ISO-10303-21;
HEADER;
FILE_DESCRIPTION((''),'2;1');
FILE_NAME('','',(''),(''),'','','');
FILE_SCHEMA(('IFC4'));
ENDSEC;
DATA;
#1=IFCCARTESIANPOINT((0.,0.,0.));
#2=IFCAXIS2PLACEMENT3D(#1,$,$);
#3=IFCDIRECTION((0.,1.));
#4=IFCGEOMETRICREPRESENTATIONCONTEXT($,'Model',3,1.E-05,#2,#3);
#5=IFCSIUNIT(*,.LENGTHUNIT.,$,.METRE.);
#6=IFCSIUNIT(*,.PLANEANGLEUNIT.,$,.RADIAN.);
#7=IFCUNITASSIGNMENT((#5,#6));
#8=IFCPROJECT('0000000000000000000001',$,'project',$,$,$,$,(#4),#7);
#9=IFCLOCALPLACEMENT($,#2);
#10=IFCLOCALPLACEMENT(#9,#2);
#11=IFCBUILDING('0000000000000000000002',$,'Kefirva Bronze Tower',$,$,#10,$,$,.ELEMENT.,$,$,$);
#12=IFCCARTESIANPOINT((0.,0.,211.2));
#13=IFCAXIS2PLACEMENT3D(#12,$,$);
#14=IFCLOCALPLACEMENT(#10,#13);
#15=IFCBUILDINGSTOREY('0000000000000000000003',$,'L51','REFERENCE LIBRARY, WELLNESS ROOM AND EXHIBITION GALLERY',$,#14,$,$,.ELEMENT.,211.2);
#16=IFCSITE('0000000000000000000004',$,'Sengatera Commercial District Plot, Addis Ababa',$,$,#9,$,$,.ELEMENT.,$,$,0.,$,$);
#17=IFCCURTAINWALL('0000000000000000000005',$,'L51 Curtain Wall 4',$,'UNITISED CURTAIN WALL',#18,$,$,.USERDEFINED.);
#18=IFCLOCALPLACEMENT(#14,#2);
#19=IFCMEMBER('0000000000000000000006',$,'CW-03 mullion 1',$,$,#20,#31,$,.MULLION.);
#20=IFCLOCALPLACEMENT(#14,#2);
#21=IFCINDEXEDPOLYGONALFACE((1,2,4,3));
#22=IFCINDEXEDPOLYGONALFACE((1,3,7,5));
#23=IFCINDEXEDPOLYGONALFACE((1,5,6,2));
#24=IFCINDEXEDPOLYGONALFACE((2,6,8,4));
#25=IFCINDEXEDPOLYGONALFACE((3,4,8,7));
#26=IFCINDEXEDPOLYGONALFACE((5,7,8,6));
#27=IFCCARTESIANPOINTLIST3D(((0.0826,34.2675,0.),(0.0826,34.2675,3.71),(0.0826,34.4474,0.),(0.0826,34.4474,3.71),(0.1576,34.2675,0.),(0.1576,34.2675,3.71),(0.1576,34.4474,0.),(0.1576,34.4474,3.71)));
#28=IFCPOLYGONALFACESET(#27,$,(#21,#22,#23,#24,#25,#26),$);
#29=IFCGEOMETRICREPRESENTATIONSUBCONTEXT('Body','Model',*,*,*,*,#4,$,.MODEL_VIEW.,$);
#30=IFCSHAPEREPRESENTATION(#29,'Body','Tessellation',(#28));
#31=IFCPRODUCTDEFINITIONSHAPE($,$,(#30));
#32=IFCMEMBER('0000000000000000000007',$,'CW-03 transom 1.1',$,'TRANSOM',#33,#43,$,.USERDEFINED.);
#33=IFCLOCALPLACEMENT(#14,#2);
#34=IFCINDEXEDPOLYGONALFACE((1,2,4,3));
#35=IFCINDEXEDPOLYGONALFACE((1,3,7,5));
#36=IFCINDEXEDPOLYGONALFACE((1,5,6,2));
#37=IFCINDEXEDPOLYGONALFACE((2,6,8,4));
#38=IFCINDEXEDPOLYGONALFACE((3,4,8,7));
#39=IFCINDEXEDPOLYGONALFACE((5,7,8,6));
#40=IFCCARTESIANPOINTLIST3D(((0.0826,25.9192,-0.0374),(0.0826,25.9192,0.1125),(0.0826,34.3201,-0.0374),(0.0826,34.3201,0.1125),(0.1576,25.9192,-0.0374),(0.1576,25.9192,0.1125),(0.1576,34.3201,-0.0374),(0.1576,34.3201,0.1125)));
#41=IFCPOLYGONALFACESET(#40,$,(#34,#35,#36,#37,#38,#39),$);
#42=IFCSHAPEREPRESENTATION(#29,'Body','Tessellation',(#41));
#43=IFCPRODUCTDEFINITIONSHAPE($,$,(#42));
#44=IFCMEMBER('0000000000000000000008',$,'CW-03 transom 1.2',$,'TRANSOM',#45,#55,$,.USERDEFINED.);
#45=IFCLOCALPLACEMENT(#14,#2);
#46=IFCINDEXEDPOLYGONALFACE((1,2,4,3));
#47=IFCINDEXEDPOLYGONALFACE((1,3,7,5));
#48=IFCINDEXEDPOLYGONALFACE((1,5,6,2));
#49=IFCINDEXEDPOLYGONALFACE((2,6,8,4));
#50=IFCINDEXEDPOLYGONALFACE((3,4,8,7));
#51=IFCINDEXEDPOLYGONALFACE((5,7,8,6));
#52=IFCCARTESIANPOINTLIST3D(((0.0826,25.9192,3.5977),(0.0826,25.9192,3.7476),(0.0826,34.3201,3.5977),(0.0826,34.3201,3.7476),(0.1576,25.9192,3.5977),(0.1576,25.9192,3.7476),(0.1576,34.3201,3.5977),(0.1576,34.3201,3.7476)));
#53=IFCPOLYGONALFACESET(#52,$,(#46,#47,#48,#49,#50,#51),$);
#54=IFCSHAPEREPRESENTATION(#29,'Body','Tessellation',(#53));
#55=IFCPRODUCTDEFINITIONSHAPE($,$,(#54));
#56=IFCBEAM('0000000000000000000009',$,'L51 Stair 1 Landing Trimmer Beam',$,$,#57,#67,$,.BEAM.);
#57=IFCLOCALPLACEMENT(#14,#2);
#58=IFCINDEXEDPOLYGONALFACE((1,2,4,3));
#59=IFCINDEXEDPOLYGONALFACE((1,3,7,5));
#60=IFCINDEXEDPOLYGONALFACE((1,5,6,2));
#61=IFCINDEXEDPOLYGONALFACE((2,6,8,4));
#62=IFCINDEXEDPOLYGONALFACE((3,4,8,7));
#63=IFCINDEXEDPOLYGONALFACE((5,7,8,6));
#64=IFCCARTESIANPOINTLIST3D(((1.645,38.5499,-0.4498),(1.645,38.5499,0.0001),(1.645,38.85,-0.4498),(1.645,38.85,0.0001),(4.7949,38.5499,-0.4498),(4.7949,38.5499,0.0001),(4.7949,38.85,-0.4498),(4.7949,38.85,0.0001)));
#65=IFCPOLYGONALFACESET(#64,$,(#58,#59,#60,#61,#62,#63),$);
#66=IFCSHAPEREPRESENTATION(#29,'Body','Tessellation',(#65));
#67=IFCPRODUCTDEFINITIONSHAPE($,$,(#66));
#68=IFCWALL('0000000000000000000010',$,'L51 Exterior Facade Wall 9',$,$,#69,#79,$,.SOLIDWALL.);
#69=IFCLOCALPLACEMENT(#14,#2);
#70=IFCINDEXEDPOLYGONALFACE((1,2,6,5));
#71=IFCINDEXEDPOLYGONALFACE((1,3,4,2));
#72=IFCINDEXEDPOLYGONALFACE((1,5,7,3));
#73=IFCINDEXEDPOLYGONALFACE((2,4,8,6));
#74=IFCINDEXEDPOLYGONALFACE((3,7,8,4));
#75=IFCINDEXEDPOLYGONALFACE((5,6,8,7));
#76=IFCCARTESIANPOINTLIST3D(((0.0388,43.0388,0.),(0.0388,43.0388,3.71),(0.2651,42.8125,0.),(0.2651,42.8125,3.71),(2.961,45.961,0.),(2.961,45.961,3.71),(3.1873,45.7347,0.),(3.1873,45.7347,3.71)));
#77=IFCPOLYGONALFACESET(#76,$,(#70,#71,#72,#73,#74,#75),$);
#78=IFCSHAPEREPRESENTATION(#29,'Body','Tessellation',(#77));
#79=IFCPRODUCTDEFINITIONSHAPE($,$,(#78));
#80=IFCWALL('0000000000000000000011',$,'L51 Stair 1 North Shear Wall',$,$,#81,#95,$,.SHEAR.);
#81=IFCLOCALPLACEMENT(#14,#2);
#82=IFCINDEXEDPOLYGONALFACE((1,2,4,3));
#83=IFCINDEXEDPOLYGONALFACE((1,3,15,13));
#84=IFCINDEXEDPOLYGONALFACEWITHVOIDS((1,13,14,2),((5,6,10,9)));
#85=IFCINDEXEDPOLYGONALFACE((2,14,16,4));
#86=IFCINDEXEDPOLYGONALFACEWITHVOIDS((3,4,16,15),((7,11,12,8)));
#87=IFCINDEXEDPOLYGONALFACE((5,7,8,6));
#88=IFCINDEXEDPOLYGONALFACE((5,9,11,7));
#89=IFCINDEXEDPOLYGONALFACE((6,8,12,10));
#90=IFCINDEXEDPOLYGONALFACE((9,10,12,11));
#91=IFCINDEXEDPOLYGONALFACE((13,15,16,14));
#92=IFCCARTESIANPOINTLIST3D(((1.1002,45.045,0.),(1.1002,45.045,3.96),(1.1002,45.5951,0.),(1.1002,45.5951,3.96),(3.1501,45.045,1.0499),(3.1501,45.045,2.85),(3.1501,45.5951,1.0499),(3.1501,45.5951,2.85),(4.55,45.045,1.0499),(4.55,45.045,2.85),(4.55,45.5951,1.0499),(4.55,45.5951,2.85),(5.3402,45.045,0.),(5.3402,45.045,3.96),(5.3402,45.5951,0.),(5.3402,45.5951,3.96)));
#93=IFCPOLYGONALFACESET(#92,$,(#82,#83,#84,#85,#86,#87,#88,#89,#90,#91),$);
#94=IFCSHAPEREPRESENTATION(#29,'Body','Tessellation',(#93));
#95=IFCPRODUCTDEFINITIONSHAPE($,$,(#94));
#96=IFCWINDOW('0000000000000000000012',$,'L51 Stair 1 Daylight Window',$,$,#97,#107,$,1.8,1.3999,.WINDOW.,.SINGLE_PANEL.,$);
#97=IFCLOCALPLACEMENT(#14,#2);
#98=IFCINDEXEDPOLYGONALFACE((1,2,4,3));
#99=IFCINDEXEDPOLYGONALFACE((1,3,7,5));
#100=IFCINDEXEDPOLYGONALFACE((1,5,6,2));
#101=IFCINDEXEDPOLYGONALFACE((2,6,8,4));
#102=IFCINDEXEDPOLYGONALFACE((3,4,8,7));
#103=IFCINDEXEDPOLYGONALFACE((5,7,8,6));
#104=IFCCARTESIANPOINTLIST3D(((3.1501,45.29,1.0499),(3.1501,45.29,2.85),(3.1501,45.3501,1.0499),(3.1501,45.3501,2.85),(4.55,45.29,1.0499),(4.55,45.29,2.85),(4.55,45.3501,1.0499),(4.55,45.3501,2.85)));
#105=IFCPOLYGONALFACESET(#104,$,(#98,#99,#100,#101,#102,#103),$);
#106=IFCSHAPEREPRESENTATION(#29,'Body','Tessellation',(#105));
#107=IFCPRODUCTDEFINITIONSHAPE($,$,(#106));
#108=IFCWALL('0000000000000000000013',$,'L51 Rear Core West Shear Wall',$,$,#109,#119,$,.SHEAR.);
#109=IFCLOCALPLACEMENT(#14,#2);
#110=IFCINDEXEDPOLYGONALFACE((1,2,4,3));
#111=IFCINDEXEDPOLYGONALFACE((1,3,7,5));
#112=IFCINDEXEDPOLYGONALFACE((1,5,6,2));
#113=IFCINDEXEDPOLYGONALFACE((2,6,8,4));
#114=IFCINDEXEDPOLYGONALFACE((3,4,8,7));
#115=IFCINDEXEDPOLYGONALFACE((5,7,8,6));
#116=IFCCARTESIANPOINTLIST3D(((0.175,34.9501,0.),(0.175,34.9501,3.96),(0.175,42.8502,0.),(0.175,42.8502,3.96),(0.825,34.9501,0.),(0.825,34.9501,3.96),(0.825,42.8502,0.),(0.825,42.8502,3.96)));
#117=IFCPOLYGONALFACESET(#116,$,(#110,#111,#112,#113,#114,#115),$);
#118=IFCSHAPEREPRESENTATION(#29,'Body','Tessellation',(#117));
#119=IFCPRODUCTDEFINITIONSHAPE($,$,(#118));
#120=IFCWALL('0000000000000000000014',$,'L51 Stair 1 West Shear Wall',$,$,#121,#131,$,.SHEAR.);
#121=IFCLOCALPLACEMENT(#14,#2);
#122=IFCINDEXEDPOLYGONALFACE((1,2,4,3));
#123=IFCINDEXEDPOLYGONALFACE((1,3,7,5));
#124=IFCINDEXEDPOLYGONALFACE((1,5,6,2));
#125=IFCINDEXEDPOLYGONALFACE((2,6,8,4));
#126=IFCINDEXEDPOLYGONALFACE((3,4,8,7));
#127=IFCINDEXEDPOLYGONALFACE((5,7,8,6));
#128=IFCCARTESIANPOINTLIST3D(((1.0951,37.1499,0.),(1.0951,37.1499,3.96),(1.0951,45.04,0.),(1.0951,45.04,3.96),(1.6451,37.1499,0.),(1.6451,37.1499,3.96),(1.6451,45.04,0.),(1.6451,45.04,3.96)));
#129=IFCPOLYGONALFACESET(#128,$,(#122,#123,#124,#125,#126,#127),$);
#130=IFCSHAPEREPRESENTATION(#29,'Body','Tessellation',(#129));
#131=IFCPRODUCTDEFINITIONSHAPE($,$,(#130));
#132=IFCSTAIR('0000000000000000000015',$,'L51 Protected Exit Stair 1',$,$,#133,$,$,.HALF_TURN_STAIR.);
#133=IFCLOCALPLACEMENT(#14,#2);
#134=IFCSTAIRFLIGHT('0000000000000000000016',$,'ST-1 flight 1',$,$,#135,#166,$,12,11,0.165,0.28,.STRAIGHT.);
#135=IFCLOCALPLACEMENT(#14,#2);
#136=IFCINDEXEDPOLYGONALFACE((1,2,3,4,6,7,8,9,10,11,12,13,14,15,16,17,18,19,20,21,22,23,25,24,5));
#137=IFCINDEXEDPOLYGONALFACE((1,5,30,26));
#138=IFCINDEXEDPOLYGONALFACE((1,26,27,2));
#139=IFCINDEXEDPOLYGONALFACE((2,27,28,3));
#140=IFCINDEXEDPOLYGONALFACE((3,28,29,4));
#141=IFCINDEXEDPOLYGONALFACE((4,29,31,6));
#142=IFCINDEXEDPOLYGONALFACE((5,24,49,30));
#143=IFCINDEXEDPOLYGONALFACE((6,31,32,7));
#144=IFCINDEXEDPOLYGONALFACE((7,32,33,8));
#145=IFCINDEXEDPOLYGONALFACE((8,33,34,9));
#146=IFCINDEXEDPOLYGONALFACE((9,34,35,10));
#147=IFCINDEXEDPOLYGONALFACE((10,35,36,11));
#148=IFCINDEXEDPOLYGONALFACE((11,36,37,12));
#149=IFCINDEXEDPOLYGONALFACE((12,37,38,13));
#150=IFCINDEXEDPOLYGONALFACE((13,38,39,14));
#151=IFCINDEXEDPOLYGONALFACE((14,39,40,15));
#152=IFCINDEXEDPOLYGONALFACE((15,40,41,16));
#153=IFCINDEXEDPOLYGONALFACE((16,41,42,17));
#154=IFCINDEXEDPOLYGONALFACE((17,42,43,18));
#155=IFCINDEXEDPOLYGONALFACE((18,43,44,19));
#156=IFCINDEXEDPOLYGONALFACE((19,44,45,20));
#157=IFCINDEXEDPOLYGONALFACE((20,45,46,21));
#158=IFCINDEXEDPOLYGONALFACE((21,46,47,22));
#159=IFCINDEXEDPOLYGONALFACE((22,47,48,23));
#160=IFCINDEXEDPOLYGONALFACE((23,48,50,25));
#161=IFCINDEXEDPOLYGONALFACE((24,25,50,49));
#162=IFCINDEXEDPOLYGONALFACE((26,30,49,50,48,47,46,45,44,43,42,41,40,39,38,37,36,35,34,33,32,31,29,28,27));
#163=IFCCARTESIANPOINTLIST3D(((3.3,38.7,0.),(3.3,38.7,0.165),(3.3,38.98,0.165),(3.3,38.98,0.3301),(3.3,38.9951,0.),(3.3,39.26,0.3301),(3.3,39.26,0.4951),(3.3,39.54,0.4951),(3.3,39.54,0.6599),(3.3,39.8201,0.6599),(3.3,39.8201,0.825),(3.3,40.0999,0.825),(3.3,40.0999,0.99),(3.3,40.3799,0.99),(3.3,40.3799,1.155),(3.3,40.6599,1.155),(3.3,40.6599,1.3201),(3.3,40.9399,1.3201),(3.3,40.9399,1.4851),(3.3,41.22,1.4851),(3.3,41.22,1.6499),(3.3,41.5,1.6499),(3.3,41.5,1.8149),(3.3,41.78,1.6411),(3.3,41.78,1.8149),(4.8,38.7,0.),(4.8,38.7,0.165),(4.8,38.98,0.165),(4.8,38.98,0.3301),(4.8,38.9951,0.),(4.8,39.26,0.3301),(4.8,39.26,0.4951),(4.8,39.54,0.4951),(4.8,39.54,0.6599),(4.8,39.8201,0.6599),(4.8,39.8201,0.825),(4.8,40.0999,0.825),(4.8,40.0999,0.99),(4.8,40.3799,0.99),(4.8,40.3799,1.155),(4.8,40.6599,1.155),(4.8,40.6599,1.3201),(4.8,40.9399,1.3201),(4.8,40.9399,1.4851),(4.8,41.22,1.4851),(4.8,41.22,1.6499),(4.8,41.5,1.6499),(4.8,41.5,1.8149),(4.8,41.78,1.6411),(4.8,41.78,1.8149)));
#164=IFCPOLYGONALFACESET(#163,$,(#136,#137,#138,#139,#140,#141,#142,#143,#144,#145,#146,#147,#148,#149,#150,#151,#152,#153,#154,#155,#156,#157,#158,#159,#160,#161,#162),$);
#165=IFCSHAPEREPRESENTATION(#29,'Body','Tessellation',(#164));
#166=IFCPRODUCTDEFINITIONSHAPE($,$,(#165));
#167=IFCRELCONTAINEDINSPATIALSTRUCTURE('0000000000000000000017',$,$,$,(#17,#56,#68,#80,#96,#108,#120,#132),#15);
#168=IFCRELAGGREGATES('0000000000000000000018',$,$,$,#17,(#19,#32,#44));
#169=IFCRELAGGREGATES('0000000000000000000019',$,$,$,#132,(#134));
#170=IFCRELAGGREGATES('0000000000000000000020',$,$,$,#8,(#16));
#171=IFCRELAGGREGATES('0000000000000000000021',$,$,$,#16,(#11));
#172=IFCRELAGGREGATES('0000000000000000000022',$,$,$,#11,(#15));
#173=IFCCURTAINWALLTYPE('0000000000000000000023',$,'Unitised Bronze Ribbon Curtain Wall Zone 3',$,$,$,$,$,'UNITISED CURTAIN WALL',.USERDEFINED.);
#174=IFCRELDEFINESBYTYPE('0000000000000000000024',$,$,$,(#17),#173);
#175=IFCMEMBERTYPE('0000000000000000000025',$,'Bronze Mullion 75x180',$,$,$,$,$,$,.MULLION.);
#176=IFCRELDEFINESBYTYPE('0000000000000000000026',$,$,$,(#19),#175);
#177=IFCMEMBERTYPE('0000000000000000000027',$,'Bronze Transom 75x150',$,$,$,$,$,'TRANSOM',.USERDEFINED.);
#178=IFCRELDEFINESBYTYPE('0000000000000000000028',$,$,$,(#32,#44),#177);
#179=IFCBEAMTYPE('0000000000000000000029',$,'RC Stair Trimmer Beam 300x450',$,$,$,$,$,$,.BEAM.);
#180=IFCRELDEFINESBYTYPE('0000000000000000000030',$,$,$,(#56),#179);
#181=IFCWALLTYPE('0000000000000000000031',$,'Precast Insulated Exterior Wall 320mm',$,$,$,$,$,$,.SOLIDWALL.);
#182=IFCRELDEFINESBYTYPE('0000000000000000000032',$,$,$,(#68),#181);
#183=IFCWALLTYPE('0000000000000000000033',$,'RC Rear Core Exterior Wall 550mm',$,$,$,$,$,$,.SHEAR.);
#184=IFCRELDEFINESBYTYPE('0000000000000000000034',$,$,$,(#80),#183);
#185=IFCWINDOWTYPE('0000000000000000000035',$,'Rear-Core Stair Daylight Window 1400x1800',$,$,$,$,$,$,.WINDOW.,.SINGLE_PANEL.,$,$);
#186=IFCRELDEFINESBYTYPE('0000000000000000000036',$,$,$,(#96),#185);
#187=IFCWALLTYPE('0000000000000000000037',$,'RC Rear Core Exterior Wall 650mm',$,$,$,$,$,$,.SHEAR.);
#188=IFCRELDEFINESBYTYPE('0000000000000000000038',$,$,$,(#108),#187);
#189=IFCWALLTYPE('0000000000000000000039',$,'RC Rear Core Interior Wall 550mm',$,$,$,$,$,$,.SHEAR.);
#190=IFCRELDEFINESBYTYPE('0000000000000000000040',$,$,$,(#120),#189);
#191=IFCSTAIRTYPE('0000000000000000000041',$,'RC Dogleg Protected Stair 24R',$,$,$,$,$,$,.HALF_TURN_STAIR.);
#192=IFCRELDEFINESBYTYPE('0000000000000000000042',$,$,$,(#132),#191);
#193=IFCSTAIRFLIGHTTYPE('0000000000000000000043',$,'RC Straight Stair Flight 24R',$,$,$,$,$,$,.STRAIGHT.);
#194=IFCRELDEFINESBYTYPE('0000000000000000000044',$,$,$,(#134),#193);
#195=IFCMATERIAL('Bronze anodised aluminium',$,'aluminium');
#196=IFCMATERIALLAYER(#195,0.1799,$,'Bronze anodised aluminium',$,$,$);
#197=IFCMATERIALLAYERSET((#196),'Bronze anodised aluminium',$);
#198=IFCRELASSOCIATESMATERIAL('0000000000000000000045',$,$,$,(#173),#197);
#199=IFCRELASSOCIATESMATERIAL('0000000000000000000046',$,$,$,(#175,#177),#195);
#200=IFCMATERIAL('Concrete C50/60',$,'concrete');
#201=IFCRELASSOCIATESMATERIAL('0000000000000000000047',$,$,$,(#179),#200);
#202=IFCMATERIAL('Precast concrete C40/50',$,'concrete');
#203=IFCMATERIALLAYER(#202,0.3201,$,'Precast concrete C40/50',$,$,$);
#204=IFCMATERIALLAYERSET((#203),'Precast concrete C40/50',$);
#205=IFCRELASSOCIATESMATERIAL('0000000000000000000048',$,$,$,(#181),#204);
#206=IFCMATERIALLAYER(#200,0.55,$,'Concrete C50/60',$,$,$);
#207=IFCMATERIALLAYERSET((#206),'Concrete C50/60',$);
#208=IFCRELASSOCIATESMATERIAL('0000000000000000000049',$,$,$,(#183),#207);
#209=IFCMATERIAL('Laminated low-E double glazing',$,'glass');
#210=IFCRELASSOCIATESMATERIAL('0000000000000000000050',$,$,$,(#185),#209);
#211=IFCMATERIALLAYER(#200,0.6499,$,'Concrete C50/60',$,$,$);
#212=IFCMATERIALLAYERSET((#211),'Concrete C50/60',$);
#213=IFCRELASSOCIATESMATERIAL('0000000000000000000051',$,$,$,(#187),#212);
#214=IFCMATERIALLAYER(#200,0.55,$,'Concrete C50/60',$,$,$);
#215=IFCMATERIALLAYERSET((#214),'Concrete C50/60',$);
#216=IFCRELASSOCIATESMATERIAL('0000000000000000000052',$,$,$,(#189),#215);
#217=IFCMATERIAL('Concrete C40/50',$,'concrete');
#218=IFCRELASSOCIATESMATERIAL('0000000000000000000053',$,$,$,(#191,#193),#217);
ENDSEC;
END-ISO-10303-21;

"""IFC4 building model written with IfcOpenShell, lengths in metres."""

from ifc_helpers import new_model, si_unit, direction, frame, frame_2d, origin, origin_2d, place, context, subcontext, project, spatial, polyline, rectangle, outline, extrude, material, layer, layer_set, material_profile, profile_set, type_object, element, fill, aggregate, save


model = new_model("IFC4")

# Units and contexts
model_context = context("Model", 3, precision=1e-05, world=origin(), true_north=direction((0.0, 1.0)))
body_context = subcontext(model_context, "Body", "Model", "MODEL_VIEW")
ifc_project = project(units=[si_unit("LENGTHUNIT", "METRE"), si_unit("PLANEANGLEUNIT", "RADIAN")], contexts=[model_context])

# Site, building, storey
site_placement = place(None, origin())
site = spatial("IfcSite", under=ifc_project, at=site_placement, Name="Sengatera Commercial District Plot, Addis Ababa", CompositionType="ELEMENT", RefElevation=0.0)
building_placement = place(site_placement, origin())
building = spatial("IfcBuilding", under=site, at=building_placement, Name="Kefirva Bronze Tower", CompositionType="ELEMENT")
storey_placement = place(building_placement, frame((0.0, 0.0, 211.2)))
storey = spatial("IfcBuildingStorey", under=building, at=storey_placement, Name="L51", Description="REFERENCE LIBRARY, WELLNESS ROOM AND EXHIBITION GALLERY", CompositionType="ELEMENT", Elevation=211.2)

# Curtain wall, members
ifc_material_1 = material(Name="Bronze anodised aluminium", Category="aluminium")
ifc_layer_1 = layer(ifc_material_1, 0.1799, Name="Bronze anodised aluminium")
ifc_layer_set_1 = layer_set([ifc_layer_1], Name="Bronze anodised aluminium")
curtain_wall_type = type_object("IfcCurtainWallType", Name="Unitised Bronze Ribbon Curtain Wall Zone 3", ElementType="UNITISED CURTAIN WALL", PredefinedType="USERDEFINED", material=ifc_layer_set_1)
curtain_wall_placement = place(storey_placement, origin())
curtain_wall = element("IfcCurtainWall", 1, at=curtain_wall_placement, inside=storey, type_object=curtain_wall_type, Name="L51 Curtain Wall 4", ObjectType="UNITISED CURTAIN WALL", PredefinedType="USERDEFINED")
ifc_material_profile_1 = material_profile(ifc_material_1, rectangle(XDim=0.075, YDim=0.1799, at=origin_2d()), Name="ALU 75x180")
ifc_profile_set_1 = profile_set([ifc_material_profile_1], Name="Bronze anodised aluminium")
member_type_1 = type_object("IfcMemberType", Name="Bronze Mullion 75x180", PredefinedType="MULLION", material=ifc_profile_set_1)
member_1_placement = place(storey_placement, frame((0.1201, 34.3574, 0.0), z_axis=(0.0, 0.0, 1.0), x_axis=(1.0, 0.0, 0.0)))
member_1 = element("IfcMember", 2, at=member_1_placement, type_object=member_type_1, Name="CW-03 mullion 1", PredefinedType="MULLION", context=body_context, shape_type="SweptSolid", body=[
    extrude(rectangle(XDim=0.075, YDim=0.1799, at=origin_2d()), origin(), (0.0, 0.0, 1.0), 3.71),
])
ifc_material_profile_2 = material_profile(ifc_material_1, rectangle(XDim=0.075, YDim=0.1499, at=origin_2d()), Name="ALU 75x150")
ifc_profile_set_2 = profile_set([ifc_material_profile_2], Name="Bronze anodised aluminium")
member_type_2 = type_object("IfcMemberType", Name="Bronze Transom 75x150", ElementType="TRANSOM", PredefinedType="USERDEFINED", material=ifc_profile_set_2)
member_2_placement = place(storey_placement, frame((0.1201, 34.3201, 0.0376), z_axis=(0.0, -1.0, 0.0), x_axis=(1.0, 0.0, 0.0)))
member_2 = element("IfcMember", 3, at=member_2_placement, type_object=member_type_2, Name="CW-03 transom 1.1", ObjectType="TRANSOM", PredefinedType="USERDEFINED", context=body_context, shape_type="SweptSolid", body=[
    extrude(rectangle(XDim=0.075, YDim=0.1499, at=origin_2d()), origin(), (0.0, 0.0, 1.0), 8.4009),
])
member_3_placement = place(storey_placement, frame((0.1201, 34.3201, 3.6726), z_axis=(0.0, -1.0, 0.0), x_axis=(1.0, 0.0, 0.0)))
member_3 = element("IfcMember", 4, at=member_3_placement, type_object=member_type_2, Name="CW-03 transom 1.2", ObjectType="TRANSOM", PredefinedType="USERDEFINED", context=body_context, shape_type="SweptSolid", body=[
    extrude(rectangle(XDim=0.075, YDim=0.1499, at=origin_2d()), origin(), (0.0, 0.0, 1.0), 8.4009),
])
aggregate(curtain_wall, [member_1, member_2, member_3])

# Beam
ifc_material_2 = material(Name="Concrete C50/60", Category="concrete")
ifc_material_profile_3 = material_profile(ifc_material_2, rectangle(XDim=0.3, YDim=0.45, at=origin_2d()), Name="RC 300x450")
ifc_profile_set_3 = profile_set([ifc_material_profile_3], Name="Concrete C50/60")
beam_type = type_object("IfcBeamType", Name="RC Stair Trimmer Beam 300x450", PredefinedType="BEAM", material=ifc_profile_set_3)
beam_placement = place(storey_placement, frame((1.645, 38.7, -0.2249), z_axis=(1.0, 0.0, 0.0), x_axis=(0.0, 1.0, 0.0)))
element("IfcBeam", 5, at=beam_placement, inside=storey, type_object=beam_type, Name="L51 Stair 1 Landing Trimmer Beam", PredefinedType="BEAM", context=body_context, shape_type="SweptSolid", body=[
    extrude(rectangle(XDim=0.3, YDim=0.45, at=origin_2d()), origin(), (0.0, 0.0, 1.0), 3.1499),
])

# Wall
ifc_material_3 = material(Name="Precast concrete C40/50", Category="concrete")
ifc_layer_2 = layer(ifc_material_3, 0.3201, Name="Precast concrete C40/50")
ifc_layer_set_2 = layer_set([ifc_layer_2], Name="Precast concrete C40/50")
wall_type_1 = type_object("IfcWallType", Name="Precast Insulated Exterior Wall 320mm", PredefinedType="SOLIDWALL", material=ifc_layer_set_2)
wall_1_placement = place(storey_placement, frame((3.0742, 45.8479, 0.0), z_axis=(0.0, 0.0, 1.0), x_axis=(-0.707107, -0.707107, 0.0)))
element("IfcWall", 6, at=wall_1_placement, inside=storey, type_object=wall_type_1, Name="L51 Exterior Facade Wall 9", PredefinedType="SOLIDWALL", context=body_context, shape_type="SweptSolid", body=[
    extrude(rectangle(XDim=4.1326, YDim=0.3201, at=frame_2d((2.0664, 0.0))), origin(), (0.0, 0.0, 1.0), 3.71),
])

# Wall, opening, window
ifc_layer_3 = layer(ifc_material_2, 0.55, Name="Concrete C50/60")
ifc_layer_set_3 = layer_set([ifc_layer_3], Name="Concrete C50/60")
wall_type_2 = type_object("IfcWallType", Name="RC Rear Core Exterior Wall 550mm", PredefinedType="SHEAR", material=ifc_layer_set_3)
wall_2_placement = place(storey_placement, frame((1.1001, 45.3201, 0.0), z_axis=(0.0, 0.0, 1.0), x_axis=(1.0, 0.0, 0.0)))
wall_2 = element("IfcWall", 7, at=wall_2_placement, inside=storey, type_object=wall_type_2, Name="L51 Stair 1 North Shear Wall", PredefinedType="SHEAR", context=body_context, shape_type="SweptSolid", body=[
    extrude(rectangle(XDim=4.24, YDim=0.55, at=frame_2d((2.1201, 0.0))), origin(), (0.0, 0.0, 1.0), 3.96),
])
opening_1_placement = place(wall_2_placement, frame((2.05, 0.0, 1.05)))
opening_1 = element("IfcOpeningElement", 8, at=opening_1_placement, cuts=wall_2, PredefinedType="OPENING", context=body_context, shape_type="SweptSolid", body=[
    extrude(rectangle(XDim=1.3999, YDim=1.8, at=frame_2d((0.7, 0.8999))), frame((0.0, 0.2852, 0.0), z_axis=(0.0, -1.0, 0.0), x_axis=(1.0, 0.0, 0.0)), (0.0, 0.0, 1.0), 0.5701),
])
ifc_material_4 = material(Name="Laminated low-E double glazing", Category="glass")
window_type = type_object("IfcWindowType", Name="Rear-Core Stair Daylight Window 1400x1800", PartitioningType="SINGLE_PANEL", PredefinedType="WINDOW", material=ifc_material_4)
window_placement = place(opening_1_placement, origin())
window = element("IfcWindow", 9, at=window_placement, inside=storey, type_object=window_type, Name="L51 Stair 1 Daylight Window", OverallHeight=1.8, OverallWidth=1.3999, PartitioningType="SINGLE_PANEL", PredefinedType="WINDOW", context=body_context, shape_type="SweptSolid", body=[
    extrude(rectangle(XDim=1.3999, YDim=1.8, at=frame_2d((0.7, 0.8999))), frame((0.0, 0.03, 0.0), z_axis=(0.0, -1.0, 0.0), x_axis=(1.0, 0.0, 0.0)), (0.0, 0.0, 1.0), 0.0601),
])
fill(opening_1, window)

# Walls
ifc_layer_4 = layer(ifc_material_2, 0.6499, Name="Concrete C50/60")
ifc_layer_set_4 = layer_set([ifc_layer_4], Name="Concrete C50/60")
wall_type_3 = type_object("IfcWallType", Name="RC Rear Core Exterior Wall 650mm", PredefinedType="SHEAR", material=ifc_layer_set_4)
wall_3_placement = place(storey_placement, frame((0.5, 34.95, 0.0), z_axis=(0.0, 0.0, 1.0), x_axis=(0.0, 1.0, 0.0)))
element("IfcWall", 10, at=wall_3_placement, inside=storey, type_object=wall_type_3, Name="L51 Rear Core West Shear Wall", PredefinedType="SHEAR", context=body_context, shape_type="SweptSolid", body=[
    extrude(rectangle(XDim=7.9001, YDim=0.6499, at=frame_2d((3.9502, 0.0))), origin(), (0.0, 0.0, 1.0), 3.96),
])
ifc_layer_5 = layer(ifc_material_2, 0.55, Name="Concrete C50/60")
ifc_layer_set_5 = layer_set([ifc_layer_5], Name="Concrete C50/60")
wall_type_4 = type_object("IfcWallType", Name="RC Rear Core Interior Wall 550mm", PredefinedType="SHEAR", material=ifc_layer_set_5)
wall_4_placement = place(storey_placement, frame((1.3701, 37.1499, 0.0), z_axis=(0.0, 0.0, 1.0), x_axis=(0.0, 1.0, 0.0)))
element("IfcWall", 11, at=wall_4_placement, inside=storey, type_object=wall_type_4, Name="L51 Stair 1 West Shear Wall", PredefinedType="SHEAR", context=body_context, shape_type="SweptSolid", body=[
    extrude(rectangle(XDim=7.8901, YDim=0.55, at=frame_2d((3.9451, 0.0))), origin(), (0.0, 0.0, 1.0), 3.96),
])

# Stair, stair flight
ifc_material_5 = material(Name="Concrete C40/50", Category="concrete")
stair_type = type_object("IfcStairType", Name="RC Dogleg Protected Stair 24R", PredefinedType="HALF_TURN_STAIR", material=ifc_material_5)
stair_placement = place(storey_placement, origin())
stair = element("IfcStair", 12, at=stair_placement, inside=storey, type_object=stair_type, Name="L51 Protected Exit Stair 1", PredefinedType="HALF_TURN_STAIR")
stair_flight_type = type_object("IfcStairFlightType", Name="RC Straight Stair Flight 24R", PredefinedType="STRAIGHT", material=ifc_material_5)
stair_flight_1_placement = place(storey_placement, frame((4.05, 38.7, 0.0), z_axis=(0.0, 0.0, 1.0), x_axis=(0.0, 1.0, 0.0)))
stair_flight_1 = element("IfcStairFlight", 13, at=stair_flight_1_placement, type_object=stair_flight_type, Name="ST-1 flight 1", NumberOfRisers=12, NumberOfTreads=11, PredefinedType="STRAIGHT", RiserHeight=0.165, TreadLength=0.28, context=body_context, shape_type="SweptSolid", body=[
    extrude(outline(polyline([(0.0, 0.0), (0.0, 0.165), (0.28, 0.165), (0.28, 0.3301), (0.5601, 0.3301), (0.5601, 0.4951), (0.8401, 0.4951), (0.8401, 0.6599), (1.1201, 0.6599), (1.1201, 0.825), (1.3999, 0.825), (1.3999, 0.99), (1.6799, 0.99), (1.6799, 1.155), (1.96, 1.155), (1.96, 1.3201), (2.24, 1.3201), (2.24, 1.4851), (2.52, 1.4851), (2.52, 1.6499), (2.8, 1.6499), (2.8, 1.8149), (3.0801, 1.8149), (3.0801, 1.98), (3.0801, 1.6411), (0.2952, 0.0), (0.0, 0.0)])), frame((0.0, 0.75, 0.0), z_axis=(0.0, -1.0, 0.0), x_axis=(1.0, 0.0, 0.0)), (0.0, 0.0, 1.0), 1.5),
])
aggregate(stair, [stair_flight_1])

save(model, "model.ifc")
